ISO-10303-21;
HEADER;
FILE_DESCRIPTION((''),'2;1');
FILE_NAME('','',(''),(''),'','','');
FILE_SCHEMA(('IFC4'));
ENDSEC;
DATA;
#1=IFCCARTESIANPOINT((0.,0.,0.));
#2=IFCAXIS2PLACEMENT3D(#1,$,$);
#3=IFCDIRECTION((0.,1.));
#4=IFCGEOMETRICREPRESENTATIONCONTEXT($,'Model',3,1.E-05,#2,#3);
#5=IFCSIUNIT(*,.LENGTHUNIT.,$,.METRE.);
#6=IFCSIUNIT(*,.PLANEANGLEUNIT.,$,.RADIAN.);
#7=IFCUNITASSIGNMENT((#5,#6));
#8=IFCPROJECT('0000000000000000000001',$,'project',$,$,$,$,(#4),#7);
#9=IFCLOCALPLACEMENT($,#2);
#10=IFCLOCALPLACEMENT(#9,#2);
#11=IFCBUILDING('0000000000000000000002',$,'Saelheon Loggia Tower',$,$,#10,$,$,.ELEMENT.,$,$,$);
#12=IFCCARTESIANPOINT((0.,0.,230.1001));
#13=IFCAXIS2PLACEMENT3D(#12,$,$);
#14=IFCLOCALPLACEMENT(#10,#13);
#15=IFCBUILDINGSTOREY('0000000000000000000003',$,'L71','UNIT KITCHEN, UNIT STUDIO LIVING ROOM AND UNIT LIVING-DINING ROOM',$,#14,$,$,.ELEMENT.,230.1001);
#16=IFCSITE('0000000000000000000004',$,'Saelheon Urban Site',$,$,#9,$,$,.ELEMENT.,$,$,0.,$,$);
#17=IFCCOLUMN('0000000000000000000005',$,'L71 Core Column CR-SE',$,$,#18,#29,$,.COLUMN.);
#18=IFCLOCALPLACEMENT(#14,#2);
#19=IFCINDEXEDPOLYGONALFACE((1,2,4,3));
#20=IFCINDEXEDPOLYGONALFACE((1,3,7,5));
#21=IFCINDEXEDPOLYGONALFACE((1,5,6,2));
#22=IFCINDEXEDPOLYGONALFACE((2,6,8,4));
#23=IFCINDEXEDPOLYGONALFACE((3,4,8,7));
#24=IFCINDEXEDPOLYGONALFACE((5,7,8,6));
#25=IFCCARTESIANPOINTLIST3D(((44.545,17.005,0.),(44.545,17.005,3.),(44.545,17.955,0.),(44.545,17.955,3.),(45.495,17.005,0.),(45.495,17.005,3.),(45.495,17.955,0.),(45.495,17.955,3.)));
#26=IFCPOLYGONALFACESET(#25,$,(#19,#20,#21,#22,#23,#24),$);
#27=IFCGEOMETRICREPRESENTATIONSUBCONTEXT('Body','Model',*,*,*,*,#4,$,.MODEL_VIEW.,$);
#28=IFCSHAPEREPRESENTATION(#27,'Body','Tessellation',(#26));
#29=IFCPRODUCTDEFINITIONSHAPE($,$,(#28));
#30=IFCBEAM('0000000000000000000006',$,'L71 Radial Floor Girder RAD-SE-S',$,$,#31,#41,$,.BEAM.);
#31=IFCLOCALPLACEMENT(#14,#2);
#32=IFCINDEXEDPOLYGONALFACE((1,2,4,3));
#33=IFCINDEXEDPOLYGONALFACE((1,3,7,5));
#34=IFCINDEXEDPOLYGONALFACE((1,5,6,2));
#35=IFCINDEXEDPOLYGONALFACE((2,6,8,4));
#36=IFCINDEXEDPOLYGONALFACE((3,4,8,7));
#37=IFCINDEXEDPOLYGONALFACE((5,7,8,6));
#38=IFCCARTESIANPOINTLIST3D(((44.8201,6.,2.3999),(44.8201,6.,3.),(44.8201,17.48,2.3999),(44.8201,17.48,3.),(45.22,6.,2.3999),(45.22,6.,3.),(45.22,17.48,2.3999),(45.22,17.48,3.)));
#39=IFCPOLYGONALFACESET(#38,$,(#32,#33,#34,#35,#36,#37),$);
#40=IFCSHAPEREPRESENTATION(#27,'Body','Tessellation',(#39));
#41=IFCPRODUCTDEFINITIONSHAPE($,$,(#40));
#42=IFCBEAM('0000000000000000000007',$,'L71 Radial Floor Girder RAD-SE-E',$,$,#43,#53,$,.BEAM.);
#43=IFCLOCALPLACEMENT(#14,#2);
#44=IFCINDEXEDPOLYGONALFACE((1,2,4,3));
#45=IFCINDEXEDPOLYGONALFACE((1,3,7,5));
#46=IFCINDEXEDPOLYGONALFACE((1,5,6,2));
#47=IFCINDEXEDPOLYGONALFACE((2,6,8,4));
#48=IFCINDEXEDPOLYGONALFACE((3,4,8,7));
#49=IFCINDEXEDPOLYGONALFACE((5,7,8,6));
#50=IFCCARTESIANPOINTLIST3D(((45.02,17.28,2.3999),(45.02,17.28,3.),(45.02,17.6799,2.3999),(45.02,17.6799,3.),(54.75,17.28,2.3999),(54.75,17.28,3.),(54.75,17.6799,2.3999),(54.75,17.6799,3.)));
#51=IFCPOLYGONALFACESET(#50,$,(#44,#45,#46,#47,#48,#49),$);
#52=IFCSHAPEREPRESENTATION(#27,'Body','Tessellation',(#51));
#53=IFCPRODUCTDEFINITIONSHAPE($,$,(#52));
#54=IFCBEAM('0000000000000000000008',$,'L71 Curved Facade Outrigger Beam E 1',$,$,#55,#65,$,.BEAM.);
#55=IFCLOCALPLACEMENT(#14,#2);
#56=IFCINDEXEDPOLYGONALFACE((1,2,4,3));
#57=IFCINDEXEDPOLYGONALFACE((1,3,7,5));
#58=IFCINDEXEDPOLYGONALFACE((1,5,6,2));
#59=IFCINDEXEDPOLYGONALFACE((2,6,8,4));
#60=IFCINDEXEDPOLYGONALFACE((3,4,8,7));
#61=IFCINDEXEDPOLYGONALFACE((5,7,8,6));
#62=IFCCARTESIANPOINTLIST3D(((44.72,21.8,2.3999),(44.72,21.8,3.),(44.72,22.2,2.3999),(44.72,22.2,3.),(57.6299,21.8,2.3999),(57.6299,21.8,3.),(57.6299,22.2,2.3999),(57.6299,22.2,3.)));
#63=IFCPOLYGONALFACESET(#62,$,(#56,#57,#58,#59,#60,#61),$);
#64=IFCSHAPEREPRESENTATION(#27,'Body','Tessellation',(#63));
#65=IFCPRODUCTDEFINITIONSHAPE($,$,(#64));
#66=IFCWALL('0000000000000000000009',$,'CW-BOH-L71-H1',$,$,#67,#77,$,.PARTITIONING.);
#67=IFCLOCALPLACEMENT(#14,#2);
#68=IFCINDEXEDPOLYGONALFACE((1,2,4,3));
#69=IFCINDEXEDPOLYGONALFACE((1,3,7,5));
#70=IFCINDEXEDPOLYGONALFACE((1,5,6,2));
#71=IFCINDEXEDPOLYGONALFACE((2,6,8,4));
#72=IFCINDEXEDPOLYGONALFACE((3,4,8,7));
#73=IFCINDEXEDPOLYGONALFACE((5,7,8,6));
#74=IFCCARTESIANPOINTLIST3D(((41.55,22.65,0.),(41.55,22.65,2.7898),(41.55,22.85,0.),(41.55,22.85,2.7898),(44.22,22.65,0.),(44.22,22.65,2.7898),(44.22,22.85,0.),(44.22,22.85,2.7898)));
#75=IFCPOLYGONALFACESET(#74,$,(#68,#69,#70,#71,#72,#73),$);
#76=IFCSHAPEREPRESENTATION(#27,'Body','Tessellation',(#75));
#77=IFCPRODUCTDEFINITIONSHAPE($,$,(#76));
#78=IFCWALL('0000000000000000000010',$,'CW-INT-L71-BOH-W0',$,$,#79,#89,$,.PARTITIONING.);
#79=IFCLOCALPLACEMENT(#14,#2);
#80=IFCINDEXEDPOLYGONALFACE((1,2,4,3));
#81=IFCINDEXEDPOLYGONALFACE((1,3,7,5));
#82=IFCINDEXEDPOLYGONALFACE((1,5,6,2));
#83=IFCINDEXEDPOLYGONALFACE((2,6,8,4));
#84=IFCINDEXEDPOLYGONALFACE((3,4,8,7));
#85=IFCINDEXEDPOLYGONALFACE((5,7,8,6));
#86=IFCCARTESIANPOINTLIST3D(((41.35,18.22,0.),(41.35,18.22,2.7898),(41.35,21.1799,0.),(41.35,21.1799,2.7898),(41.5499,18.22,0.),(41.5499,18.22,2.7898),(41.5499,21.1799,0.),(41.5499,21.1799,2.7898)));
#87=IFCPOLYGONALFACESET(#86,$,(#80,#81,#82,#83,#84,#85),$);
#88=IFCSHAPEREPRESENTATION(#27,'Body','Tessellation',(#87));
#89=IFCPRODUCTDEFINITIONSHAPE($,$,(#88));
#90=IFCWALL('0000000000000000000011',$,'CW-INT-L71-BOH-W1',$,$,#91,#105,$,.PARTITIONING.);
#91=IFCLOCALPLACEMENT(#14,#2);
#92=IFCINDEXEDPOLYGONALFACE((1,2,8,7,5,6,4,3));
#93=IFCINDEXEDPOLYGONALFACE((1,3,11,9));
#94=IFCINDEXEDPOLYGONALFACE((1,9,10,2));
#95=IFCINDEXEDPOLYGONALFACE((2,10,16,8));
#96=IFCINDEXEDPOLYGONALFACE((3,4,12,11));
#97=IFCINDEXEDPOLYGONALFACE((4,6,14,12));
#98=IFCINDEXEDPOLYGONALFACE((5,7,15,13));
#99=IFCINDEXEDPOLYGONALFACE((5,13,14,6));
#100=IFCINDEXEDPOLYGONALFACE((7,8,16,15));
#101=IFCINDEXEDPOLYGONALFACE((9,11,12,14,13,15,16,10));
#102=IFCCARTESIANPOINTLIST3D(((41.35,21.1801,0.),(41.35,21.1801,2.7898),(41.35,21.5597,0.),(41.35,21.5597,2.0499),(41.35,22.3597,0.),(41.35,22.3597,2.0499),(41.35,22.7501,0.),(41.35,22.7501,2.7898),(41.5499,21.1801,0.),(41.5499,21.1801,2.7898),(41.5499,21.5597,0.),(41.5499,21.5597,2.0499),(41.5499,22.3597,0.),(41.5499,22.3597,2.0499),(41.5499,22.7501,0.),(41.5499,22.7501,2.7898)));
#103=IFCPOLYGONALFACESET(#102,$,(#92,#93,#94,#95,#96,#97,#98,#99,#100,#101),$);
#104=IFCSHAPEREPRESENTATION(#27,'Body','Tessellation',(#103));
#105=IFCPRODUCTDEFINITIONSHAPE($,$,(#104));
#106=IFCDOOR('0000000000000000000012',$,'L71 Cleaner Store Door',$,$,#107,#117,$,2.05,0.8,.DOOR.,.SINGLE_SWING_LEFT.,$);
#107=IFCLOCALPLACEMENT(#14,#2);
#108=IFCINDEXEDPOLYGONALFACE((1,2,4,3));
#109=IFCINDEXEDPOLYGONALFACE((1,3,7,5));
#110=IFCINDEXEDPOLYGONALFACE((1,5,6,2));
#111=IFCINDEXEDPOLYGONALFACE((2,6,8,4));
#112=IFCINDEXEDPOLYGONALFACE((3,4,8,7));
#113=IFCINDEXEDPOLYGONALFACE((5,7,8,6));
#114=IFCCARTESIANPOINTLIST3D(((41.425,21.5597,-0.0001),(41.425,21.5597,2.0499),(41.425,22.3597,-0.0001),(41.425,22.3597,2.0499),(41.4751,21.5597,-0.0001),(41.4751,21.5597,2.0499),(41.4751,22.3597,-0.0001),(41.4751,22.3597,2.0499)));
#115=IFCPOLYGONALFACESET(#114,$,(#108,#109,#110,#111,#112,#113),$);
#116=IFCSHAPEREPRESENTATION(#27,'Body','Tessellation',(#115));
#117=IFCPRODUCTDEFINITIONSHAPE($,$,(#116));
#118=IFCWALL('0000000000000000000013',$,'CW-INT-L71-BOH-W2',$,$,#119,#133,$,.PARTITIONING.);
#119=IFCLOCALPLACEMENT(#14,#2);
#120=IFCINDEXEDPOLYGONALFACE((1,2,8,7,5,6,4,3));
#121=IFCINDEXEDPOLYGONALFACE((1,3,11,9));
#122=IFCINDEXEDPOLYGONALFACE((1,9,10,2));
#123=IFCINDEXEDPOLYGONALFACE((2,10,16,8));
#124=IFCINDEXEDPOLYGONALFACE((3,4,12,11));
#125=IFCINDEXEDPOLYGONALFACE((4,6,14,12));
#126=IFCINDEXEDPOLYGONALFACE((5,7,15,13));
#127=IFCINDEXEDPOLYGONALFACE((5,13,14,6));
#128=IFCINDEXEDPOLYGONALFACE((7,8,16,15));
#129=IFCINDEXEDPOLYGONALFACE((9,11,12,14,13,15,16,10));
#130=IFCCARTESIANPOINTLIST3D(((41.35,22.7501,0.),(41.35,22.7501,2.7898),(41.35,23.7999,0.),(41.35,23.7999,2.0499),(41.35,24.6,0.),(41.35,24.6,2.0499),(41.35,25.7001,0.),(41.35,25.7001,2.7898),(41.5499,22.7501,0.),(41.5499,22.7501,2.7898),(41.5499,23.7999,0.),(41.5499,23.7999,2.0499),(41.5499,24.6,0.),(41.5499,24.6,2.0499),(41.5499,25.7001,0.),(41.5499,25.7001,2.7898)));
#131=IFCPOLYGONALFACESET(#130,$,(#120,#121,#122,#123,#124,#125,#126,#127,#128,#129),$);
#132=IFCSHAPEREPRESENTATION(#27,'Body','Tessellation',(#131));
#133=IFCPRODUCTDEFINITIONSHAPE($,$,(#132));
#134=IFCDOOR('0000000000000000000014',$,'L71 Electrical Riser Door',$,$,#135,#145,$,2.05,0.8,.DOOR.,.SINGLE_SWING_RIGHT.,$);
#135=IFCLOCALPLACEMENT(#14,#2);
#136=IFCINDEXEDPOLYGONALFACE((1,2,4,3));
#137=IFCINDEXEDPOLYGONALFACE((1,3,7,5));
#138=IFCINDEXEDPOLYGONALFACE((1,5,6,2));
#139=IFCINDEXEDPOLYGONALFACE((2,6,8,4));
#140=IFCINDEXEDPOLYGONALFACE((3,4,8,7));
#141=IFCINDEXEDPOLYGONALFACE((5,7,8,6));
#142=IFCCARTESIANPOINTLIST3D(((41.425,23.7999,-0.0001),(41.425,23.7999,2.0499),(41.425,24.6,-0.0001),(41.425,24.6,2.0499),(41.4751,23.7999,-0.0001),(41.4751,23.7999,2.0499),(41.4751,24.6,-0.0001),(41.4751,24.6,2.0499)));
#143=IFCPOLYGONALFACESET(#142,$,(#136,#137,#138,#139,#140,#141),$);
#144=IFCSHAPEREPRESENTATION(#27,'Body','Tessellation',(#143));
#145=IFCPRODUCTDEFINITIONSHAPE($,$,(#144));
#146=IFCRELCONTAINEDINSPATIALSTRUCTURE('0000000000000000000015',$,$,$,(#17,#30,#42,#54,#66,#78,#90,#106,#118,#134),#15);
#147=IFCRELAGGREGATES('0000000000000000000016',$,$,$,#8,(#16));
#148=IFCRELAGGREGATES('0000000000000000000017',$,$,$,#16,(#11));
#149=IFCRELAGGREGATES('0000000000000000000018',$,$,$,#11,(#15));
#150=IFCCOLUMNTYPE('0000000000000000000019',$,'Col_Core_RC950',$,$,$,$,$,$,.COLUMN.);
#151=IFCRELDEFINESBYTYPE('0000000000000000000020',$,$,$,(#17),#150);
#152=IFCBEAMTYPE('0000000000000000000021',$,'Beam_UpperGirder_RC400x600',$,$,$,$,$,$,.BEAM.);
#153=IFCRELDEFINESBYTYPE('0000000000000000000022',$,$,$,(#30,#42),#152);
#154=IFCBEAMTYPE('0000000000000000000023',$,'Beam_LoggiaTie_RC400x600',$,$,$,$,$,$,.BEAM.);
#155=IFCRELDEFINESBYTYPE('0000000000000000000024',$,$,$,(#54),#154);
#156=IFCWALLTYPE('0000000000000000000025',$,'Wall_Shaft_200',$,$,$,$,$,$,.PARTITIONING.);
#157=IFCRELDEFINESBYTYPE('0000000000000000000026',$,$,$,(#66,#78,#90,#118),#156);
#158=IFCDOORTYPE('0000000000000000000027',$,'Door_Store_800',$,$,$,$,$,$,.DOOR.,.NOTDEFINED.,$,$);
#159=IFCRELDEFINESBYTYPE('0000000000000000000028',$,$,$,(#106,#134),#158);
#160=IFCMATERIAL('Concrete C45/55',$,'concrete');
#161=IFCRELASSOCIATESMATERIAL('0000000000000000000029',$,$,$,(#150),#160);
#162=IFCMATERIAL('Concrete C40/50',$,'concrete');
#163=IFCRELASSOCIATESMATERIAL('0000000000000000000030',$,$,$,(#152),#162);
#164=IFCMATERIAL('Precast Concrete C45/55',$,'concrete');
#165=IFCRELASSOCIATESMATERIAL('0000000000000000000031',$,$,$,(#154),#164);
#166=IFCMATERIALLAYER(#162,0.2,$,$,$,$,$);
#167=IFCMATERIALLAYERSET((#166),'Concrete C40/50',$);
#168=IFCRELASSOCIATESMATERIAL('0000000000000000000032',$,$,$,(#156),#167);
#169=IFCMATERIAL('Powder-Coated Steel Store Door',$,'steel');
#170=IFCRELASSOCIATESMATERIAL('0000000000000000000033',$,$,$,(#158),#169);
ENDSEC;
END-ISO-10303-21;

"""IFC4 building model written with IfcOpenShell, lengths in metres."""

from ifc_helpers import new_model, si_unit, direction, frame, frame_2d, origin, origin_2d, place, context, subcontext, project, spatial, rectangle, extrude, source, transform, mapped, material, layer, layer_set, material_profile, profile_set, type_object, element, fill, save


model = new_model("IFC4")

# Units and contexts
model_context = context("Model", 3, precision=1e-05, world=origin(), true_north=direction((0.0, 1.0)))
body_context = subcontext(model_context, "Body", "Model", "MODEL_VIEW")
ifc_project = project(units=[si_unit("LENGTHUNIT", "METRE"), si_unit("PLANEANGLEUNIT", "RADIAN")], contexts=[model_context])

# Site, building, storey
site_placement = place(None, origin())
site = spatial("IfcSite", under=ifc_project, at=site_placement, Name="Saelheon Urban Site", CompositionType="ELEMENT", RefElevation=0.0)
building_placement = place(site_placement, origin())
building = spatial("IfcBuilding", under=site, at=building_placement, Name="Saelheon Loggia Tower", CompositionType="ELEMENT")
storey_placement = place(building_placement, frame((0.0, 0.0, 230.1001)))
storey = spatial("IfcBuildingStorey", under=building, at=storey_placement, Name="L71", Description="UNIT KITCHEN, UNIT STUDIO LIVING ROOM AND UNIT LIVING-DINING ROOM", CompositionType="ELEMENT", Elevation=230.1001)

# Column
ifc_material_1 = material(Name="Concrete C45/55", Category="concrete")
ifc_material_profile_1 = material_profile(ifc_material_1, rectangle(XDim=0.95, YDim=0.95, at=origin_2d()), Name="RC-950x950")
ifc_profile_set_1 = profile_set([ifc_material_profile_1], Name="Concrete C45/55")
column_type = type_object("IfcColumnType", Name="Col_Core_RC950", PredefinedType="COLUMN", material=ifc_profile_set_1)
shared_shape_1 = source(origin(), body_context, "Body", "SweptSolid", [
    extrude(rectangle(XDim=0.95, YDim=0.95, at=origin_2d()), origin(), (0.0, 0.0, 1.0), 3.0),
])
column_placement = place(storey_placement, frame((45.02, 17.48, 0.0), z_axis=(0.0, 0.0, 1.0), x_axis=(1.0, 0.0, 0.0)))
element("IfcColumn", 1, at=column_placement, inside=storey, type_object=column_type, Name="L71 Core Column CR-SE", PredefinedType="COLUMN", context=body_context, shape_type="MappedRepresentation", body=[
    mapped(shared_shape_1, transform((0.0, 0.0, 0.0), scale=1.0)),
])

# Beams
ifc_material_2 = material(Name="Concrete C40/50", Category="concrete")
ifc_material_profile_2 = material_profile(ifc_material_2, rectangle(XDim=0.3999, YDim=0.6001, at=origin_2d()), Name="RC-400x600")
ifc_profile_set_2 = profile_set([ifc_material_profile_2], Name="Concrete C40/50")
beam_type_1 = type_object("IfcBeamType", Name="Beam_UpperGirder_RC400x600", PredefinedType="BEAM", material=ifc_profile_set_2)
shared_shape_2 = source(origin(), body_context, "Body", "SweptSolid", [
    extrude(rectangle(XDim=0.3999, YDim=0.6001, at=origin_2d()), origin(), (0.0, 0.0, 1.0), 11.48),
])
beam_1_placement = place(storey_placement, frame((45.02, 17.48, 2.7), z_axis=(0.0, -1.0, 0.0), x_axis=(1.0, 0.0, 0.0)))
element("IfcBeam", 2, at=beam_1_placement, inside=storey, type_object=beam_type_1, Name="L71 Radial Floor Girder RAD-SE-S", PredefinedType="BEAM", context=body_context, shape_type="MappedRepresentation", body=[
    mapped(shared_shape_2, transform((0.0, 0.0, 0.0), scale=1.0)),
])
shared_shape_3 = source(origin(), body_context, "Body", "SweptSolid", [
    extrude(rectangle(XDim=0.3999, YDim=0.6001, at=origin_2d()), origin(), (0.0, 0.0, 1.0), 9.73),
])
beam_2_placement = place(storey_placement, frame((45.02, 17.48, 2.7), z_axis=(1.0, 0.0, 0.0), x_axis=(0.0, 1.0, 0.0)))
element("IfcBeam", 3, at=beam_2_placement, inside=storey, type_object=beam_type_1, Name="L71 Radial Floor Girder RAD-SE-E", PredefinedType="BEAM", context=body_context, shape_type="MappedRepresentation", body=[
    mapped(shared_shape_3, transform((0.0, 0.0, 0.0), scale=1.0)),
])
ifc_material_3 = material(Name="Precast Concrete C45/55", Category="concrete")
ifc_material_profile_3 = material_profile(ifc_material_3, rectangle(XDim=0.3999, YDim=0.6001, at=origin_2d()), Name="RC-400x600")
ifc_profile_set_3 = profile_set([ifc_material_profile_3], Name="Precast Concrete C45/55")
beam_type_2 = type_object("IfcBeamType", Name="Beam_LoggiaTie_RC400x600", PredefinedType="BEAM", material=ifc_profile_set_3)
shared_shape_4 = source(origin(), body_context, "Body", "SweptSolid", [
    extrude(rectangle(XDim=0.3999, YDim=0.6001, at=origin_2d()), origin(), (0.0, 0.0, 1.0), 12.9099),
])
beam_3_placement = place(storey_placement, frame((44.72, 22.0, 2.7), z_axis=(1.0, 0.0, 0.0), x_axis=(0.0, 1.0, 0.0)))
element("IfcBeam", 4, at=beam_3_placement, inside=storey, type_object=beam_type_2, Name="L71 Curved Facade Outrigger Beam E 1", PredefinedType="BEAM", context=body_context, shape_type="MappedRepresentation", body=[
    mapped(shared_shape_4, transform((0.0, 0.0, 0.0), scale=1.0)),
])

# Walls
ifc_layer = layer(ifc_material_2, 0.2)
ifc_layer_set = layer_set([ifc_layer], Name="Concrete C40/50")
wall_type = type_object("IfcWallType", Name="Wall_Shaft_200", PredefinedType="PARTITIONING", material=ifc_layer_set)
wall_1_placement = place(storey_placement, frame((41.55, 22.75, 0.0), z_axis=(0.0, 0.0, 1.0), x_axis=(1.0, 0.0, 0.0)))
element("IfcWall", 5, at=wall_1_placement, inside=storey, type_object=wall_type, Name="CW-BOH-L71-H1", PredefinedType="PARTITIONING", context=body_context, shape_type="SweptSolid", body=[
    extrude(rectangle(XDim=2.6699, YDim=0.2, at=frame_2d((1.335, 0.0))), origin(), (0.0, 0.0, 1.0), 2.7898),
])
wall_2_placement = place(storey_placement, frame((41.45, 18.22, 0.0), z_axis=(0.0, 0.0, 1.0), x_axis=(0.0, 1.0, 0.0)))
element("IfcWall", 6, at=wall_2_placement, inside=storey, type_object=wall_type, Name="CW-INT-L71-BOH-W0", PredefinedType="PARTITIONING", context=body_context, shape_type="SweptSolid", body=[
    extrude(rectangle(XDim=2.96, YDim=0.2, at=frame_2d((1.48, 0.0))), origin(), (0.0, 0.0, 1.0), 2.7898),
])

# Walls, openings, doors
wall_3_placement = place(storey_placement, frame((41.45, 21.1799, 0.0), z_axis=(0.0, 0.0, 1.0), x_axis=(0.0, 1.0, 0.0)))
wall_3 = element("IfcWall", 7, at=wall_3_placement, inside=storey, type_object=wall_type, Name="CW-INT-L71-BOH-W1", PredefinedType="PARTITIONING", context=body_context, shape_type="SweptSolid", body=[
    extrude(rectangle(XDim=1.5701, YDim=0.2, at=frame_2d((0.7852, 0.0))), origin(), (0.0, 0.0, 1.0), 2.7898),
])
opening_1_placement = place(wall_3_placement, frame((0.3799, 0.0, 0.0)))
opening_1 = element("IfcOpeningElement", 8, at=opening_1_placement, cuts=wall_3, PredefinedType="OPENING", context=body_context, shape_type="SweptSolid", body=[
    extrude(rectangle(XDim=0.8, YDim=2.05, at=frame_2d((0.3999, 1.0249))), frame((0.0, 0.1121, 0.0), z_axis=(0.0, -1.0, 0.0), x_axis=(1.0, 0.0, 0.0)), (0.0, 0.0, 1.0), 0.2239),
])
ifc_material_4 = material(Name="Powder-Coated Steel Store Door", Category="steel")
door_type = type_object("IfcDoorType", Name="Door_Store_800", OperationType="NOTDEFINED", PredefinedType="DOOR", material=ifc_material_4)
shared_shape_5 = source(origin(), body_context, "Body", "SweptSolid", [
    extrude(rectangle(XDim=0.8, YDim=2.05, at=frame_2d((0.3999, 1.0249))), frame((0.0, 0.0249, 0.0), z_axis=(0.0, -1.0, 0.0), x_axis=(1.0, 0.0, 0.0)), (0.0, 0.0, 1.0), 0.05),
])
door_1_placement = place(opening_1_placement, origin())
door_1 = element("IfcDoor", 9, at=door_1_placement, inside=storey, type_object=door_type, Name="L71 Cleaner Store Door", OperationType="SINGLE_SWING_LEFT", OverallHeight=2.05, OverallWidth=0.8, PredefinedType="DOOR", context=body_context, shape_type="MappedRepresentation", body=[
    mapped(shared_shape_5, transform((0.0, 0.0, 0.0), scale=1.0)),
])
fill(opening_1, door_1)
wall_4_placement = place(storey_placement, frame((41.45, 22.75, 0.0), z_axis=(0.0, 0.0, 1.0), x_axis=(0.0, 1.0, 0.0)))
wall_4 = element("IfcWall", 10, at=wall_4_placement, inside=storey, type_object=wall_type, Name="CW-INT-L71-BOH-W2", PredefinedType="PARTITIONING", context=body_context, shape_type="SweptSolid", body=[
    extrude(rectangle(XDim=2.95, YDim=0.2, at=frame_2d((1.4751, 0.0))), origin(), (0.0, 0.0, 1.0), 2.7898),
])
opening_2_placement = place(wall_4_placement, frame((1.05, 0.0, 0.0)))
opening_2 = element("IfcOpeningElement", 11, at=opening_2_placement, cuts=wall_4, PredefinedType="OPENING", context=body_context, shape_type="SweptSolid", body=[
    extrude(rectangle(XDim=0.8, YDim=2.05, at=frame_2d((0.3999, 1.0249))), frame((0.0, 0.1121, 0.0), z_axis=(0.0, -1.0, 0.0), x_axis=(1.0, 0.0, 0.0)), (0.0, 0.0, 1.0), 0.2239),
])
door_2_placement = place(opening_2_placement, origin())
door_2 = element("IfcDoor", 12, at=door_2_placement, inside=storey, type_object=door_type, Name="L71 Electrical Riser Door", OperationType="SINGLE_SWING_RIGHT", OverallHeight=2.05, OverallWidth=0.8, PredefinedType="DOOR", context=body_context, shape_type="MappedRepresentation", body=[
    mapped(shared_shape_5, transform((0.0, 0.0, 0.0), scale=1.0)),
])
fill(opening_2, door_2)

save(model, "model.ifc")
